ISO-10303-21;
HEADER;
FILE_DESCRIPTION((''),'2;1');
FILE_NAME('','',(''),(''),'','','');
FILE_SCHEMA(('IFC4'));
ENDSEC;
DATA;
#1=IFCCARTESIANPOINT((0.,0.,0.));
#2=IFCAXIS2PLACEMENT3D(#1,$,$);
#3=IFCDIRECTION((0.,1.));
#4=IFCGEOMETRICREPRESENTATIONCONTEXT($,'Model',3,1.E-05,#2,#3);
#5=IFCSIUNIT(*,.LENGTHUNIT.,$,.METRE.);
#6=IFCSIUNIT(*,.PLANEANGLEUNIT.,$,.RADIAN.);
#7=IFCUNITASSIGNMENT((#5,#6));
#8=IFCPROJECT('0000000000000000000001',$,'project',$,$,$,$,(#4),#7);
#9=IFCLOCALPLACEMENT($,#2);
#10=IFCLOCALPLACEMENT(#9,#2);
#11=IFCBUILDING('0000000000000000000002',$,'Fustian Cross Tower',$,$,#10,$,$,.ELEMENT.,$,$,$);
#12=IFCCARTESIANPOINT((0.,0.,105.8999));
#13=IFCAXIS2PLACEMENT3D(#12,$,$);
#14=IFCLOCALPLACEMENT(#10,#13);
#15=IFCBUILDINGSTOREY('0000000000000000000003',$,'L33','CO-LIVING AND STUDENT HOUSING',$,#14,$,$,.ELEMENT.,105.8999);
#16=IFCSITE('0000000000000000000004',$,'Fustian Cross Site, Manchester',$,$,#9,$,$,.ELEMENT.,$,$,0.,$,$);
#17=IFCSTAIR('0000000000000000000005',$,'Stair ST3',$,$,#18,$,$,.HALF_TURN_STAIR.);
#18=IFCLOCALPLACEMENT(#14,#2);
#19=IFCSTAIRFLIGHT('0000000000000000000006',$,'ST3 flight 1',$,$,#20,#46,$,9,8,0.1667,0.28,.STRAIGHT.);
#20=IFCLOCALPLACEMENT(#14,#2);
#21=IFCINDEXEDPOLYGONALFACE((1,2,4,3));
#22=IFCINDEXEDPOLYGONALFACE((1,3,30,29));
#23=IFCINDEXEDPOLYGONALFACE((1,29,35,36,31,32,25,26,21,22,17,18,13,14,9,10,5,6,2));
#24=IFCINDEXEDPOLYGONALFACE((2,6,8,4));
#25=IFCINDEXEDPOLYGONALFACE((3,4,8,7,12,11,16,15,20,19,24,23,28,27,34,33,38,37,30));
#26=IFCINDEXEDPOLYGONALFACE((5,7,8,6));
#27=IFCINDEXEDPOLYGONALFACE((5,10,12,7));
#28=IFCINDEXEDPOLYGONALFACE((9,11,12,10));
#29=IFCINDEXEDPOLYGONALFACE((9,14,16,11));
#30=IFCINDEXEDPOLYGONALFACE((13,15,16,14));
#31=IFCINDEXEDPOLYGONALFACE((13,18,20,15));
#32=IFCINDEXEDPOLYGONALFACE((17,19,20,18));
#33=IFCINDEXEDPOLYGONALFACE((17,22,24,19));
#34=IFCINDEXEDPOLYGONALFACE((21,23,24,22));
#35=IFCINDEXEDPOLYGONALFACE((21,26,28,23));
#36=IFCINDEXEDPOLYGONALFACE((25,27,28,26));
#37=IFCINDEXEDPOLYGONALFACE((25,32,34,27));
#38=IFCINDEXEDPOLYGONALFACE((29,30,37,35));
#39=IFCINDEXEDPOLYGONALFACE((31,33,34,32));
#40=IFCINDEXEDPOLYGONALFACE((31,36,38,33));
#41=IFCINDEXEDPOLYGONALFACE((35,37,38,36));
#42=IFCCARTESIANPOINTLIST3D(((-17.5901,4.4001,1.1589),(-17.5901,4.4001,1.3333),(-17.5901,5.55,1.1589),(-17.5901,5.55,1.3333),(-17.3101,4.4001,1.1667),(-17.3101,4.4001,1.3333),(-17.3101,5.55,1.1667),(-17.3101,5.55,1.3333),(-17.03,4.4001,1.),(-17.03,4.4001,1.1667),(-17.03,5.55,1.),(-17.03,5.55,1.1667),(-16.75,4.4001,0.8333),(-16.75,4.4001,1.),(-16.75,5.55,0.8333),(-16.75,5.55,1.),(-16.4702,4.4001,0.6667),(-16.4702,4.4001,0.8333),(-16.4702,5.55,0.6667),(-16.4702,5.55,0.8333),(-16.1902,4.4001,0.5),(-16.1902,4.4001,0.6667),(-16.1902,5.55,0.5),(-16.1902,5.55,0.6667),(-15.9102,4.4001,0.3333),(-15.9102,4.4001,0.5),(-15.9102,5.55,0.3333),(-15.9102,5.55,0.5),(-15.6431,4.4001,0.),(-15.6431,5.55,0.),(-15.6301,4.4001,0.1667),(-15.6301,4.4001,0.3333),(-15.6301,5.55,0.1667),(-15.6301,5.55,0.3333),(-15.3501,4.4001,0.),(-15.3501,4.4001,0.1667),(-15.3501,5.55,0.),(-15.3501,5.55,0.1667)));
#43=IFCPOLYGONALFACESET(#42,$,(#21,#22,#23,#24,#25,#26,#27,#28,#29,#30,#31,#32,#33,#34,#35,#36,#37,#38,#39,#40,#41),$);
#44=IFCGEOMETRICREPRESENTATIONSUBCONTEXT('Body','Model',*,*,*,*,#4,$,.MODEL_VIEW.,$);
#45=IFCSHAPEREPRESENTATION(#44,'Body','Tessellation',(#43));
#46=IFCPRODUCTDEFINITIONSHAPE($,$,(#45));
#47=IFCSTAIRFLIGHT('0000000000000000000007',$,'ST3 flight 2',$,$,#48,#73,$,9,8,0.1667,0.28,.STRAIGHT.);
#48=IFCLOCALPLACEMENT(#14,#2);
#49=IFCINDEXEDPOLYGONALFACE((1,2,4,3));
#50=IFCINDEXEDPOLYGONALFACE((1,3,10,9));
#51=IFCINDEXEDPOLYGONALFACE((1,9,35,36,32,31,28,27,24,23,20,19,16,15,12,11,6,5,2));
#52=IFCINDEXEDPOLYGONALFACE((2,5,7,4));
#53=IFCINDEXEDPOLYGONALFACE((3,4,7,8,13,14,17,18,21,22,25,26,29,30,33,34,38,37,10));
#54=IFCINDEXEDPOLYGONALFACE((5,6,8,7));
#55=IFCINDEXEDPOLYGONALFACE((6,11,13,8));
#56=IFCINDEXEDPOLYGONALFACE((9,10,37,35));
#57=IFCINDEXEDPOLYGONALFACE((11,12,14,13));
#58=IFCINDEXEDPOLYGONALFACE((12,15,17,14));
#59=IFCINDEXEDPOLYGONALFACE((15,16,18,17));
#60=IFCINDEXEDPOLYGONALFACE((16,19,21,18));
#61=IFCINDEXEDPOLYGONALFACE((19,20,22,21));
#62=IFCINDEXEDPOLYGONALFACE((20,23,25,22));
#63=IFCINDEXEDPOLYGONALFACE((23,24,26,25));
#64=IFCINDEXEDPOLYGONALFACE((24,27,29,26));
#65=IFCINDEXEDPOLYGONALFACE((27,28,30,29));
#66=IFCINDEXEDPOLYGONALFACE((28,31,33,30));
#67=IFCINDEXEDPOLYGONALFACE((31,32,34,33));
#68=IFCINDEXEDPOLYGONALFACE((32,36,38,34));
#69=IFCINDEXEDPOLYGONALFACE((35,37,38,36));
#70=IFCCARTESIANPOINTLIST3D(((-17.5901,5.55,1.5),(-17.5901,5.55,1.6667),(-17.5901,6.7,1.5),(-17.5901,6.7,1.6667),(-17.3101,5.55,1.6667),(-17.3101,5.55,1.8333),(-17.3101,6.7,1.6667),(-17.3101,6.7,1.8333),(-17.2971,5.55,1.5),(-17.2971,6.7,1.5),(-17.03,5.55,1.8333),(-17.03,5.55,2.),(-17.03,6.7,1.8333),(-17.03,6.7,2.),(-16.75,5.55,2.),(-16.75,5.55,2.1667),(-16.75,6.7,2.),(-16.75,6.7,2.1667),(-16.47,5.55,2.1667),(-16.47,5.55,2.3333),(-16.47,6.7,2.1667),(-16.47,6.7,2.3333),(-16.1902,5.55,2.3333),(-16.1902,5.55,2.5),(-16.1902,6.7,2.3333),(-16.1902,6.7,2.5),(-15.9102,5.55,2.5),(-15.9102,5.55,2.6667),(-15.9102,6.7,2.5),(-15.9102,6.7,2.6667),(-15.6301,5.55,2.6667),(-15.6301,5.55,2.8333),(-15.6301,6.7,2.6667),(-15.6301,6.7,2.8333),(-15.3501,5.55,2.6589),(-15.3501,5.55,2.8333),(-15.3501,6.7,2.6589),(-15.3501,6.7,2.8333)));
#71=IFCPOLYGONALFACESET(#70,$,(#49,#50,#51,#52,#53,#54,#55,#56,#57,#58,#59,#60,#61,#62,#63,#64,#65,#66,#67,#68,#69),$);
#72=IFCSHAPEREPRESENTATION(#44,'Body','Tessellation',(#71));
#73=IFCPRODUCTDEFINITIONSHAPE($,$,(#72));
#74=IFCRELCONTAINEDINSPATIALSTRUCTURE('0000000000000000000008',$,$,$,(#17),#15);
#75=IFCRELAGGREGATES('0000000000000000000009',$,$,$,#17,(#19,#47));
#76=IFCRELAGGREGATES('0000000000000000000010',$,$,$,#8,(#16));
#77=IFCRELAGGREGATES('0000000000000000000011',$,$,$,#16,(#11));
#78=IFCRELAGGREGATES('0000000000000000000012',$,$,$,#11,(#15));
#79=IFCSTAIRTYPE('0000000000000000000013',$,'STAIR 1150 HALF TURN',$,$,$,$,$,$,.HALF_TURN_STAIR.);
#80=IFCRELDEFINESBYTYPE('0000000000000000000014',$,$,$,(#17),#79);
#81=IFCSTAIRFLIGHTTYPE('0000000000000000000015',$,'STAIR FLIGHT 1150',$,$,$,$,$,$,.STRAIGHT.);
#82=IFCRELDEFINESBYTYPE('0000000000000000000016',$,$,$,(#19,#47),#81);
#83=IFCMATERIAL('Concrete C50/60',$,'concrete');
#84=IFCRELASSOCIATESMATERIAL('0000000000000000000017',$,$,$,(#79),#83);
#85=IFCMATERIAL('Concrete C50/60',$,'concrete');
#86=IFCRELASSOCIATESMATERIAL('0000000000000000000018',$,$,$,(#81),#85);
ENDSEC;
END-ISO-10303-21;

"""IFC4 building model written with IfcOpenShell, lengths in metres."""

from ifc_helpers import new_model, si_unit, direction, frame, origin, place, context, subcontext, project, spatial, polyline, outline, extrude, material, type_object, element, aggregate, save


model = new_model("IFC4")

# Units and contexts
model_context = context("Model", 3, precision=1e-05, world=origin(), true_north=direction((0.0, 1.0)))
body_context = subcontext(model_context, "Body", "Model", "MODEL_VIEW")
ifc_project = project(units=[si_unit("LENGTHUNIT", "METRE"), si_unit("PLANEANGLEUNIT", "RADIAN")], contexts=[model_context])

# Site, building, storey
site_placement = place(None, origin())
site = spatial("IfcSite", under=ifc_project, at=site_placement, Name="Fustian Cross Site, Manchester", CompositionType="ELEMENT", RefElevation=0.0)
building_placement = place(site_placement, origin())
building = spatial("IfcBuilding", under=site, at=building_placement, Name="Fustian Cross Tower", CompositionType="ELEMENT")
storey_placement = place(building_placement, frame((0.0, 0.0, 105.8999)))
storey = spatial("IfcBuildingStorey", under=building, at=storey_placement, Name="L33", Description="CO-LIVING AND STUDENT HOUSING", CompositionType="ELEMENT", Elevation=105.8999)

# Stair, stair flights
ifc_material_1 = material(Name="Concrete C50/60", Category="concrete")
stair_type = type_object("IfcStairType", Name="STAIR 1150 HALF TURN", PredefinedType="HALF_TURN_STAIR", material=ifc_material_1)
stair_placement = place(storey_placement, origin())
stair = element("IfcStair", 1, at=stair_placement, inside=storey, type_object=stair_type, Name="Stair ST3", PredefinedType="HALF_TURN_STAIR")
ifc_material_2 = material(Name="Concrete C50/60", Category="concrete")
stair_flight_type = type_object("IfcStairFlightType", Name="STAIR FLIGHT 1150", PredefinedType="STRAIGHT", material=ifc_material_2)
stair_flight_1_placement = place(storey_placement, frame((-15.3501, 4.9751, 0.0), z_axis=(0.0, 0.0, 1.0), x_axis=(-1.0, 0.0, 0.0)))
stair_flight_1 = element("IfcStairFlight", 2, at=stair_flight_1_placement, type_object=stair_flight_type, Name="ST3 flight 1", NumberOfRisers=9, NumberOfTreads=8, PredefinedType="STRAIGHT", RiserHeight=0.1667, TreadLength=0.28, context=body_context, shape_type="SweptSolid", body=[
    extrude(outline(polyline([(0.0, 0.0), (0.0, 0.1667), (0.28, 0.1667), (0.28, 0.3333), (0.5601, 0.3333), (0.5601, 0.5), (0.8401, 0.5), (0.8401, 0.6667), (1.1201, 0.6667), (1.1201, 0.8333), (1.3999, 0.8333), (1.3999, 1.0), (1.6799, 1.0), (1.6799, 1.1667), (1.96, 1.1667), (1.96, 1.3333), (2.24, 1.3333), (2.24, 1.5), (2.24, 1.1589), (0.293, 0.0), (0.0, 0.0)])), frame((0.0, 0.575, 0.0), z_axis=(0.0, -1.0, 0.0), x_axis=(1.0, 0.0, 0.0)), (0.0, 0.0, 1.0), 1.1499),
])
stair_flight_2_placement = place(storey_placement, frame((-17.5901, 6.125, 1.5), z_axis=(0.0, 0.0, 1.0), x_axis=(1.0, 0.0, 0.0)))
stair_flight_2 = element("IfcStairFlight", 3, at=stair_flight_2_placement, type_object=stair_flight_type, Name="ST3 flight 2", NumberOfRisers=9, NumberOfTreads=8, PredefinedType="STRAIGHT", RiserHeight=0.1667, TreadLength=0.28, context=body_context, shape_type="SweptSolid", body=[
    extrude(outline(polyline([(0.0, 0.0), (0.0, 0.1667), (0.28, 0.1667), (0.28, 0.3333), (0.5601, 0.3333), (0.5601, 0.5), (0.8401, 0.5), (0.8401, 0.6667), (1.1201, 0.6667), (1.1201, 0.8333), (1.3999, 0.8333), (1.3999, 1.0), (1.6799, 1.0), (1.6799, 1.1667), (1.96, 1.1667), (1.96, 1.3333), (2.24, 1.3333), (2.24, 1.5), (2.24, 1.1589), (0.293, 0.0), (0.0, 0.0)])), frame((0.0, 0.575, 0.0), z_axis=(0.0, -1.0, 0.0), x_axis=(1.0, 0.0, 0.0)), (0.0, 0.0, 1.0), 1.1499),
])
aggregate(stair, [stair_flight_1, stair_flight_2])

save(model, "model.ifc")
